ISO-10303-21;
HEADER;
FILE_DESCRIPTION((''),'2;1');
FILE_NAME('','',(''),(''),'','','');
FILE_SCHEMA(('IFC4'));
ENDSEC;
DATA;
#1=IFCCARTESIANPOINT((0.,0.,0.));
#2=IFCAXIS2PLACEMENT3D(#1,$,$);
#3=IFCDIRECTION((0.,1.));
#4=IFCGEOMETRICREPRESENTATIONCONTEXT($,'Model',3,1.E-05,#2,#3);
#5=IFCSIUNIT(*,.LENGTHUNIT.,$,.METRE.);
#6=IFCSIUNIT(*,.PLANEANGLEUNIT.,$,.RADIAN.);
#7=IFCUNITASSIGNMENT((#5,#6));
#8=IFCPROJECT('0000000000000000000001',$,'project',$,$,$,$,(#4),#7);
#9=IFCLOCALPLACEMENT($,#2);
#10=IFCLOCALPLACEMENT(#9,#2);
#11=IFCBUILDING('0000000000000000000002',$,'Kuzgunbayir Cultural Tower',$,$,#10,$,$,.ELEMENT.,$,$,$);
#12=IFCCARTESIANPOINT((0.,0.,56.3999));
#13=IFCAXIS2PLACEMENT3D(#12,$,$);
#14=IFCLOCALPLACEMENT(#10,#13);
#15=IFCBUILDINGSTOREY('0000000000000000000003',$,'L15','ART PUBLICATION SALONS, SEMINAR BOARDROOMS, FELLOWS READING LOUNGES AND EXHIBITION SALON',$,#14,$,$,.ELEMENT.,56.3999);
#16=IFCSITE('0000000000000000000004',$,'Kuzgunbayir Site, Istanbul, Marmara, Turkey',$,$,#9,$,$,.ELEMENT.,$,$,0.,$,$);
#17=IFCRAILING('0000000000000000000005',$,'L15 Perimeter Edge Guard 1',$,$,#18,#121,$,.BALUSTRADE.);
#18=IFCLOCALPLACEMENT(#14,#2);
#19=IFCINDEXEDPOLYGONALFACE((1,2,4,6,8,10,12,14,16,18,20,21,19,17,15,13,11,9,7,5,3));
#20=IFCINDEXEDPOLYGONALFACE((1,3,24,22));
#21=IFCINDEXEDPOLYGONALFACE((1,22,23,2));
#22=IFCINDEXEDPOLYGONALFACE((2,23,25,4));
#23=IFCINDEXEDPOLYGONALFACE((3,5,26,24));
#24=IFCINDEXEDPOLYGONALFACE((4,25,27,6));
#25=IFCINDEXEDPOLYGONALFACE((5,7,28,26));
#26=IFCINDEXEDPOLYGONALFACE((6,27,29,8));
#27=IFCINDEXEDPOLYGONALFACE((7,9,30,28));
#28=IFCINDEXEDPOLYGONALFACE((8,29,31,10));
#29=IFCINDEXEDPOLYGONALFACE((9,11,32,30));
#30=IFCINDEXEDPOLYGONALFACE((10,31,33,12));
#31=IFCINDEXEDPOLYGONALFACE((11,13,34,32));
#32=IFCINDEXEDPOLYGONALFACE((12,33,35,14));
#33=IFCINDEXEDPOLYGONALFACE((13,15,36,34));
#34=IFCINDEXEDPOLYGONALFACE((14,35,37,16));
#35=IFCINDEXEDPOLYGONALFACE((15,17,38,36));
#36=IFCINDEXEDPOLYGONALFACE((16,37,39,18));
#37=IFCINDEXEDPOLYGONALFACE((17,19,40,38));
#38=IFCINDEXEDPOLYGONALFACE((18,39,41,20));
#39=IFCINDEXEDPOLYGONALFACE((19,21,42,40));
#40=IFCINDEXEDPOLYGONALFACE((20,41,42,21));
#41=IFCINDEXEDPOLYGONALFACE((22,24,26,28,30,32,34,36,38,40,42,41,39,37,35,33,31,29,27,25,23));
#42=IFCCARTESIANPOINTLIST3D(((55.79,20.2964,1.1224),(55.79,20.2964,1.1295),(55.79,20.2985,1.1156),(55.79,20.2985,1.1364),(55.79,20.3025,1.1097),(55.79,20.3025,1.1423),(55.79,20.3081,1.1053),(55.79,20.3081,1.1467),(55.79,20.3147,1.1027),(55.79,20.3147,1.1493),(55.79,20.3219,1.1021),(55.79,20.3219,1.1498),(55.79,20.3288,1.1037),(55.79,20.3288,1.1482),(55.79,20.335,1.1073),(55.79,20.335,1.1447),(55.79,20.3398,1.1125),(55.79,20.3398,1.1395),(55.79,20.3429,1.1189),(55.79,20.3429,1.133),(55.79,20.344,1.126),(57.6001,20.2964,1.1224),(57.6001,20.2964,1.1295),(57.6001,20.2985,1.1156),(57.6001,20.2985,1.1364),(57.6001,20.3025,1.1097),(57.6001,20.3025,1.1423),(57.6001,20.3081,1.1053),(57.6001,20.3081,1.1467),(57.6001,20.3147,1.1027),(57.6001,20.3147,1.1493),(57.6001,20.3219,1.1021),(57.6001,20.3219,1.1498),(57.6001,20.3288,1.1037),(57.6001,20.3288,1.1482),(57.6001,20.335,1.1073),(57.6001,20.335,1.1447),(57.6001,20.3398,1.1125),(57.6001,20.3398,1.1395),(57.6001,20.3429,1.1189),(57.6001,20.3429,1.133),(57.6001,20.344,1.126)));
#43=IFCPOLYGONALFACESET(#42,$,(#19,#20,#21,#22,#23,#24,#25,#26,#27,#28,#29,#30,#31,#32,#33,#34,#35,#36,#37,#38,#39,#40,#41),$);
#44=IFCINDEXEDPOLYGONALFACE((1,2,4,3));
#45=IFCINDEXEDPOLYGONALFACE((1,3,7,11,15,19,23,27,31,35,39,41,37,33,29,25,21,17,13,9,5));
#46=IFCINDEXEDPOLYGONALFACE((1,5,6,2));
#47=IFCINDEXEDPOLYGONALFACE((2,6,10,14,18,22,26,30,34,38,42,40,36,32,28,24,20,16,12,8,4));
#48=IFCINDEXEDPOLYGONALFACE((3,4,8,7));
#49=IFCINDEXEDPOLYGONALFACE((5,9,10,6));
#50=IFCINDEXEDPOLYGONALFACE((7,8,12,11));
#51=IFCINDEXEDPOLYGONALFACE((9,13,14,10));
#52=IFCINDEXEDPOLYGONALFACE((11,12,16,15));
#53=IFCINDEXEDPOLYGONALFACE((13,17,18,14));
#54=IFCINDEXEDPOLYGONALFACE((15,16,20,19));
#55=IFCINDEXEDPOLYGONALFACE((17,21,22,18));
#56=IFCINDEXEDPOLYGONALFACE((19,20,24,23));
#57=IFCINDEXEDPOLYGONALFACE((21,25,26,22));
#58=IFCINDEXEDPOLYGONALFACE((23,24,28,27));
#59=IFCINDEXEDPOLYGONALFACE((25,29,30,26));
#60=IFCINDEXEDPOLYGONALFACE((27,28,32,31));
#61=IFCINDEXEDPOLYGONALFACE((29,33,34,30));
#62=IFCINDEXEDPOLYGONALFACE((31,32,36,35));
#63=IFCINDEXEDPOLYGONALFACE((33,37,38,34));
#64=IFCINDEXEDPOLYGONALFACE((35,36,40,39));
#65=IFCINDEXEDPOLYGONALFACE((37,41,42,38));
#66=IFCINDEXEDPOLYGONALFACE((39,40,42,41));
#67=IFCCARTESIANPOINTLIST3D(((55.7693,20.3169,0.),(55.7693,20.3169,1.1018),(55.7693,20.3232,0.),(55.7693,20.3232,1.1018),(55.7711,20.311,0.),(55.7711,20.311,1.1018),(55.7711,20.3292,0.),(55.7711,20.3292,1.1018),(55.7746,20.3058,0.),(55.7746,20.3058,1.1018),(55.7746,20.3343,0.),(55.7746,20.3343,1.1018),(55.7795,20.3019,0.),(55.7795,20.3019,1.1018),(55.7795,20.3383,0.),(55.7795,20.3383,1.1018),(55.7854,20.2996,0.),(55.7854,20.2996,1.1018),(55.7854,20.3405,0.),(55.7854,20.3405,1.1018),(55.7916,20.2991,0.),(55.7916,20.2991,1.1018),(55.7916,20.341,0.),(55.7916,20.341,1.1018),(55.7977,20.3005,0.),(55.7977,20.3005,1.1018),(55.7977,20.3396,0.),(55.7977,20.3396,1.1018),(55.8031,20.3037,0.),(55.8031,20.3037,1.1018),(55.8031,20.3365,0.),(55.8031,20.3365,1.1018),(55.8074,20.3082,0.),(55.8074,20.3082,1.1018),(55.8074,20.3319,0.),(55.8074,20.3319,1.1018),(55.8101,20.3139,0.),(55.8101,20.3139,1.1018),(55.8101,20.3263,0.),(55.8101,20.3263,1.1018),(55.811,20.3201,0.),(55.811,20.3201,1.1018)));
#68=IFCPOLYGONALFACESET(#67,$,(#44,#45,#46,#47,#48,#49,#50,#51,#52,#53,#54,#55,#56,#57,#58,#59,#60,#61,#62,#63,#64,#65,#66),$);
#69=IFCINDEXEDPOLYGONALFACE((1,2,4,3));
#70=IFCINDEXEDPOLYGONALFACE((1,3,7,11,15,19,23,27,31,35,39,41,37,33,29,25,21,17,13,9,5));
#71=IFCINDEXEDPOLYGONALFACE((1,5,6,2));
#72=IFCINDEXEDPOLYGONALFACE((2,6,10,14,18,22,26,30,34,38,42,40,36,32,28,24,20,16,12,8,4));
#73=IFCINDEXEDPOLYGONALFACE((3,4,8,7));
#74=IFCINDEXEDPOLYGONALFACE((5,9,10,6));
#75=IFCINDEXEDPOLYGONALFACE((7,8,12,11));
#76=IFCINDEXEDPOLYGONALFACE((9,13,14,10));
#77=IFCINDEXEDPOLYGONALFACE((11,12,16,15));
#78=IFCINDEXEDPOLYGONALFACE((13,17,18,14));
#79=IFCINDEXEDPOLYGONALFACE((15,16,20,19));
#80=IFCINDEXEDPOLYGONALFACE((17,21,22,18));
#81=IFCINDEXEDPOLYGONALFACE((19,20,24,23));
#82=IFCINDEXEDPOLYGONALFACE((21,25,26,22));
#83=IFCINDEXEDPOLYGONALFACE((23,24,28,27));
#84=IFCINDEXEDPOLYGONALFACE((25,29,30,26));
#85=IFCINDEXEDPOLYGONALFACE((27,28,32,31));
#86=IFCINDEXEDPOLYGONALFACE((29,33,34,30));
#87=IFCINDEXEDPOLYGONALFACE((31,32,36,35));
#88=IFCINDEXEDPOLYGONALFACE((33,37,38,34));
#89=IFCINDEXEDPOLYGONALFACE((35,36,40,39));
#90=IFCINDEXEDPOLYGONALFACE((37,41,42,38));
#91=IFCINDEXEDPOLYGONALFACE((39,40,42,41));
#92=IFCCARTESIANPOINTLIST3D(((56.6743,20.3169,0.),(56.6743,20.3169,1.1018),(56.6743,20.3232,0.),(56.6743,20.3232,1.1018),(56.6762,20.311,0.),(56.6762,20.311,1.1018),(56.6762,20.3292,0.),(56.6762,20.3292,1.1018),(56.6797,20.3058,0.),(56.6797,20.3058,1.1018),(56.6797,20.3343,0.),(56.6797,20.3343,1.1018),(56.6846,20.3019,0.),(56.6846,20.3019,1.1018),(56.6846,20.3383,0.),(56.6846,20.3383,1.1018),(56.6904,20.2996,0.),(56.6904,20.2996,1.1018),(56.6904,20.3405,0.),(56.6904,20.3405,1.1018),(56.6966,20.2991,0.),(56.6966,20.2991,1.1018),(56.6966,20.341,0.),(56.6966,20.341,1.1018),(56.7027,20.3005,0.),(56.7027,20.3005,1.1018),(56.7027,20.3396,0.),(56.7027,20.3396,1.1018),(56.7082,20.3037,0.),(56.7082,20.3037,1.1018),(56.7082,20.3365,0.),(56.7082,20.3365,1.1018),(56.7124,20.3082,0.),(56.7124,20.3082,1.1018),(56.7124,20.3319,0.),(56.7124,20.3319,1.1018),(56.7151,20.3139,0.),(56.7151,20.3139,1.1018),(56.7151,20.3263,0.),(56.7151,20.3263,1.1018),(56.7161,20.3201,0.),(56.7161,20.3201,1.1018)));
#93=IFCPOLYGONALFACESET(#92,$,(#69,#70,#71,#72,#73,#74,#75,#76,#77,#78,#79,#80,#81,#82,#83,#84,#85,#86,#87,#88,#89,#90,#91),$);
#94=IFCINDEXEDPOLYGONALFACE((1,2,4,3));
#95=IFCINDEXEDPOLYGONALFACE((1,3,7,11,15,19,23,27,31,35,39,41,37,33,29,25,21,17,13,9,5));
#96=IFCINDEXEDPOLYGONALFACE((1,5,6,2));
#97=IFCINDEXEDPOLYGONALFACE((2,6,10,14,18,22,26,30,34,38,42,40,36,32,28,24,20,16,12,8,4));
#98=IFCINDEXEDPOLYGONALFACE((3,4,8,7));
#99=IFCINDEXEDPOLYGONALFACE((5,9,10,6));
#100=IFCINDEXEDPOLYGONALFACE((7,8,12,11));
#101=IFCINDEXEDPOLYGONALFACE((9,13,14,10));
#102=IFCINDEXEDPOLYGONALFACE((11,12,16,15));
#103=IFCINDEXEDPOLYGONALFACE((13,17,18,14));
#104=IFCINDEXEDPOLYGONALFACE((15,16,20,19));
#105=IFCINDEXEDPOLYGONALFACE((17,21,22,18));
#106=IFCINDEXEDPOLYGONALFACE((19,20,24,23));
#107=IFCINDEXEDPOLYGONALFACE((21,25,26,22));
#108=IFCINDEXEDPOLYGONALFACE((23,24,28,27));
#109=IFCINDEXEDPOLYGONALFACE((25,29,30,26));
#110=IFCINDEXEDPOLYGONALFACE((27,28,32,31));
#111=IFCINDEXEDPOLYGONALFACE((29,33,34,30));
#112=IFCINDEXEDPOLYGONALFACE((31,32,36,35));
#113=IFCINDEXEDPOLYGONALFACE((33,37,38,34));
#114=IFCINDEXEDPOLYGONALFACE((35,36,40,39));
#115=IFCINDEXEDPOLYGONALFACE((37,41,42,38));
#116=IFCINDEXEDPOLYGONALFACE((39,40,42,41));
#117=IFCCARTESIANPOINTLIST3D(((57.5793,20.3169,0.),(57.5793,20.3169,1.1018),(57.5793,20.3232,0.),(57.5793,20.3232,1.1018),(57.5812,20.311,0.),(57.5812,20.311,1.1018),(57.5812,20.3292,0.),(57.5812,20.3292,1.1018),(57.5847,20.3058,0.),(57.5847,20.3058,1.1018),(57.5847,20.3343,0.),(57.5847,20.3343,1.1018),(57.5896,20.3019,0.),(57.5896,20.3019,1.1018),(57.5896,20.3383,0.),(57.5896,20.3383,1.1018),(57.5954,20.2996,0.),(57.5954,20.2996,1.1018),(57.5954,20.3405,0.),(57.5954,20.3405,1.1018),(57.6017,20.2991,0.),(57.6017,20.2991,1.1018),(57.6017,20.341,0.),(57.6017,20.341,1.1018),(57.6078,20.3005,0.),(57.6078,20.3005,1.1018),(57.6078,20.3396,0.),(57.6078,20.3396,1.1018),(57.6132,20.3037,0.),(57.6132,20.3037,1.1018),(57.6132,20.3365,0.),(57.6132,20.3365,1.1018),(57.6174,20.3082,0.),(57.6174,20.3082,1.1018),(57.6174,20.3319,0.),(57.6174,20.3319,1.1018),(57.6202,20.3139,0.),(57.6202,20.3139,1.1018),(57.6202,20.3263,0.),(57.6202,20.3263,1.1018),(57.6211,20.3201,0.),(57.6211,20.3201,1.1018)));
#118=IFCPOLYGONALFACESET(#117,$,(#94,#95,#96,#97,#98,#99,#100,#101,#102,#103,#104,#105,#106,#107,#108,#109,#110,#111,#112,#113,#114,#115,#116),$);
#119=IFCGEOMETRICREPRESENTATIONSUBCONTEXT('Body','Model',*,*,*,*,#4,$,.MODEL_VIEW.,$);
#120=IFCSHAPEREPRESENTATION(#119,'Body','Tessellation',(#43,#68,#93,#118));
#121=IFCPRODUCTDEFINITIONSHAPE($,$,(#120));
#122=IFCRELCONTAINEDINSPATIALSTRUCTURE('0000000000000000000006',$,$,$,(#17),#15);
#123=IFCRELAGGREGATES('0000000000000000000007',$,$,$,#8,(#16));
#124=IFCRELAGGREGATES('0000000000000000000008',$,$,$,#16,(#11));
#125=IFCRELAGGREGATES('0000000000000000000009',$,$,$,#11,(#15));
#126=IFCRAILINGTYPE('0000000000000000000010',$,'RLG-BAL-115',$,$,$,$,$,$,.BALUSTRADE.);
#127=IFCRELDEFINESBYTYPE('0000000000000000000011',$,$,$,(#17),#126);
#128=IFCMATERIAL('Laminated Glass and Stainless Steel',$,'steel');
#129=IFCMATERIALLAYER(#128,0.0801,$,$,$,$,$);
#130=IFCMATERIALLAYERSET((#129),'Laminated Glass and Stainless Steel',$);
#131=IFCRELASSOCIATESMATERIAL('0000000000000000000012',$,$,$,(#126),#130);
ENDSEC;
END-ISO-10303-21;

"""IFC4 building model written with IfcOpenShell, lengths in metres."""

from ifc_helpers import new_model, si_unit, direction, frame, origin, origin_2d, place, context, subcontext, project, spatial, circle, extrude, material, layer, layer_set, type_object, element, save


model = new_model("IFC4")

# Units and contexts
model_context = context("Model", 3, precision=1e-05, world=origin(), true_north=direction((0.0, 1.0)))
body_context = subcontext(model_context, "Body", "Model", "MODEL_VIEW")
ifc_project = project(units=[si_unit("LENGTHUNIT", "METRE"), si_unit("PLANEANGLEUNIT", "RADIAN")], contexts=[model_context])

# Site, building, storey
site_placement = place(None, origin())
site = spatial("IfcSite", under=ifc_project, at=site_placement, Name="Kuzgunbayir Site, Istanbul, Marmara, Turkey", CompositionType="ELEMENT", RefElevation=0.0)
building_placement = place(site_placement, origin())
building = spatial("IfcBuilding", under=site, at=building_placement, Name="Kuzgunbayir Cultural Tower", CompositionType="ELEMENT")
storey_placement = place(building_placement, frame((0.0, 0.0, 56.3999)))
storey = spatial("IfcBuildingStorey", under=building, at=storey_placement, Name="L15", Description="ART PUBLICATION SALONS, SEMINAR BOARDROOMS, FELLOWS READING LOUNGES AND EXHIBITION SALON", CompositionType="ELEMENT", Elevation=56.3999)

# Railing
ifc_material_1 = material(Name="Laminated Glass and Stainless Steel", Category="steel")
ifc_layer_1 = layer(ifc_material_1, 0.0801)
ifc_layer_set_1 = layer_set([ifc_layer_1], Name="Laminated Glass and Stainless Steel")
railing_type = type_object("IfcRailingType", Name="RLG-BAL-115", PredefinedType="BALUSTRADE", material=ifc_layer_set_1)
railing_1_placement = place(storey_placement, frame((55.79, 20.3201, 0.0)))
element("IfcRailing", 1, at=railing_1_placement, inside=storey, type_object=railing_type, Name="L15 Perimeter Edge Guard 1", PredefinedType="BALUSTRADE", context=body_context, shape_type="SweptSolid", body=[
    extrude(circle(Radius=0.0239, at=origin_2d()), frame((0.0, 0.0, 1.126), z_axis=(1.0, 0.0, 0.0), x_axis=(0.0, 1.0, 0.0)), (0.0, 0.0, 1.0), 1.8101),
    extrude(circle(Radius=0.021, at=origin_2d()), origin(), (0.0, 0.0, 1.0), 1.1018),
    extrude(circle(Radius=0.021, at=origin_2d()), frame((0.905, 0.0, 0.0)), (0.0, 0.0, 1.0), 1.1018),
    extrude(circle(Radius=0.021, at=origin_2d()), frame((1.8101, 0.0, 0.0)), (0.0, 0.0, 1.0), 1.1018),
])

save(model, "model.ifc")
